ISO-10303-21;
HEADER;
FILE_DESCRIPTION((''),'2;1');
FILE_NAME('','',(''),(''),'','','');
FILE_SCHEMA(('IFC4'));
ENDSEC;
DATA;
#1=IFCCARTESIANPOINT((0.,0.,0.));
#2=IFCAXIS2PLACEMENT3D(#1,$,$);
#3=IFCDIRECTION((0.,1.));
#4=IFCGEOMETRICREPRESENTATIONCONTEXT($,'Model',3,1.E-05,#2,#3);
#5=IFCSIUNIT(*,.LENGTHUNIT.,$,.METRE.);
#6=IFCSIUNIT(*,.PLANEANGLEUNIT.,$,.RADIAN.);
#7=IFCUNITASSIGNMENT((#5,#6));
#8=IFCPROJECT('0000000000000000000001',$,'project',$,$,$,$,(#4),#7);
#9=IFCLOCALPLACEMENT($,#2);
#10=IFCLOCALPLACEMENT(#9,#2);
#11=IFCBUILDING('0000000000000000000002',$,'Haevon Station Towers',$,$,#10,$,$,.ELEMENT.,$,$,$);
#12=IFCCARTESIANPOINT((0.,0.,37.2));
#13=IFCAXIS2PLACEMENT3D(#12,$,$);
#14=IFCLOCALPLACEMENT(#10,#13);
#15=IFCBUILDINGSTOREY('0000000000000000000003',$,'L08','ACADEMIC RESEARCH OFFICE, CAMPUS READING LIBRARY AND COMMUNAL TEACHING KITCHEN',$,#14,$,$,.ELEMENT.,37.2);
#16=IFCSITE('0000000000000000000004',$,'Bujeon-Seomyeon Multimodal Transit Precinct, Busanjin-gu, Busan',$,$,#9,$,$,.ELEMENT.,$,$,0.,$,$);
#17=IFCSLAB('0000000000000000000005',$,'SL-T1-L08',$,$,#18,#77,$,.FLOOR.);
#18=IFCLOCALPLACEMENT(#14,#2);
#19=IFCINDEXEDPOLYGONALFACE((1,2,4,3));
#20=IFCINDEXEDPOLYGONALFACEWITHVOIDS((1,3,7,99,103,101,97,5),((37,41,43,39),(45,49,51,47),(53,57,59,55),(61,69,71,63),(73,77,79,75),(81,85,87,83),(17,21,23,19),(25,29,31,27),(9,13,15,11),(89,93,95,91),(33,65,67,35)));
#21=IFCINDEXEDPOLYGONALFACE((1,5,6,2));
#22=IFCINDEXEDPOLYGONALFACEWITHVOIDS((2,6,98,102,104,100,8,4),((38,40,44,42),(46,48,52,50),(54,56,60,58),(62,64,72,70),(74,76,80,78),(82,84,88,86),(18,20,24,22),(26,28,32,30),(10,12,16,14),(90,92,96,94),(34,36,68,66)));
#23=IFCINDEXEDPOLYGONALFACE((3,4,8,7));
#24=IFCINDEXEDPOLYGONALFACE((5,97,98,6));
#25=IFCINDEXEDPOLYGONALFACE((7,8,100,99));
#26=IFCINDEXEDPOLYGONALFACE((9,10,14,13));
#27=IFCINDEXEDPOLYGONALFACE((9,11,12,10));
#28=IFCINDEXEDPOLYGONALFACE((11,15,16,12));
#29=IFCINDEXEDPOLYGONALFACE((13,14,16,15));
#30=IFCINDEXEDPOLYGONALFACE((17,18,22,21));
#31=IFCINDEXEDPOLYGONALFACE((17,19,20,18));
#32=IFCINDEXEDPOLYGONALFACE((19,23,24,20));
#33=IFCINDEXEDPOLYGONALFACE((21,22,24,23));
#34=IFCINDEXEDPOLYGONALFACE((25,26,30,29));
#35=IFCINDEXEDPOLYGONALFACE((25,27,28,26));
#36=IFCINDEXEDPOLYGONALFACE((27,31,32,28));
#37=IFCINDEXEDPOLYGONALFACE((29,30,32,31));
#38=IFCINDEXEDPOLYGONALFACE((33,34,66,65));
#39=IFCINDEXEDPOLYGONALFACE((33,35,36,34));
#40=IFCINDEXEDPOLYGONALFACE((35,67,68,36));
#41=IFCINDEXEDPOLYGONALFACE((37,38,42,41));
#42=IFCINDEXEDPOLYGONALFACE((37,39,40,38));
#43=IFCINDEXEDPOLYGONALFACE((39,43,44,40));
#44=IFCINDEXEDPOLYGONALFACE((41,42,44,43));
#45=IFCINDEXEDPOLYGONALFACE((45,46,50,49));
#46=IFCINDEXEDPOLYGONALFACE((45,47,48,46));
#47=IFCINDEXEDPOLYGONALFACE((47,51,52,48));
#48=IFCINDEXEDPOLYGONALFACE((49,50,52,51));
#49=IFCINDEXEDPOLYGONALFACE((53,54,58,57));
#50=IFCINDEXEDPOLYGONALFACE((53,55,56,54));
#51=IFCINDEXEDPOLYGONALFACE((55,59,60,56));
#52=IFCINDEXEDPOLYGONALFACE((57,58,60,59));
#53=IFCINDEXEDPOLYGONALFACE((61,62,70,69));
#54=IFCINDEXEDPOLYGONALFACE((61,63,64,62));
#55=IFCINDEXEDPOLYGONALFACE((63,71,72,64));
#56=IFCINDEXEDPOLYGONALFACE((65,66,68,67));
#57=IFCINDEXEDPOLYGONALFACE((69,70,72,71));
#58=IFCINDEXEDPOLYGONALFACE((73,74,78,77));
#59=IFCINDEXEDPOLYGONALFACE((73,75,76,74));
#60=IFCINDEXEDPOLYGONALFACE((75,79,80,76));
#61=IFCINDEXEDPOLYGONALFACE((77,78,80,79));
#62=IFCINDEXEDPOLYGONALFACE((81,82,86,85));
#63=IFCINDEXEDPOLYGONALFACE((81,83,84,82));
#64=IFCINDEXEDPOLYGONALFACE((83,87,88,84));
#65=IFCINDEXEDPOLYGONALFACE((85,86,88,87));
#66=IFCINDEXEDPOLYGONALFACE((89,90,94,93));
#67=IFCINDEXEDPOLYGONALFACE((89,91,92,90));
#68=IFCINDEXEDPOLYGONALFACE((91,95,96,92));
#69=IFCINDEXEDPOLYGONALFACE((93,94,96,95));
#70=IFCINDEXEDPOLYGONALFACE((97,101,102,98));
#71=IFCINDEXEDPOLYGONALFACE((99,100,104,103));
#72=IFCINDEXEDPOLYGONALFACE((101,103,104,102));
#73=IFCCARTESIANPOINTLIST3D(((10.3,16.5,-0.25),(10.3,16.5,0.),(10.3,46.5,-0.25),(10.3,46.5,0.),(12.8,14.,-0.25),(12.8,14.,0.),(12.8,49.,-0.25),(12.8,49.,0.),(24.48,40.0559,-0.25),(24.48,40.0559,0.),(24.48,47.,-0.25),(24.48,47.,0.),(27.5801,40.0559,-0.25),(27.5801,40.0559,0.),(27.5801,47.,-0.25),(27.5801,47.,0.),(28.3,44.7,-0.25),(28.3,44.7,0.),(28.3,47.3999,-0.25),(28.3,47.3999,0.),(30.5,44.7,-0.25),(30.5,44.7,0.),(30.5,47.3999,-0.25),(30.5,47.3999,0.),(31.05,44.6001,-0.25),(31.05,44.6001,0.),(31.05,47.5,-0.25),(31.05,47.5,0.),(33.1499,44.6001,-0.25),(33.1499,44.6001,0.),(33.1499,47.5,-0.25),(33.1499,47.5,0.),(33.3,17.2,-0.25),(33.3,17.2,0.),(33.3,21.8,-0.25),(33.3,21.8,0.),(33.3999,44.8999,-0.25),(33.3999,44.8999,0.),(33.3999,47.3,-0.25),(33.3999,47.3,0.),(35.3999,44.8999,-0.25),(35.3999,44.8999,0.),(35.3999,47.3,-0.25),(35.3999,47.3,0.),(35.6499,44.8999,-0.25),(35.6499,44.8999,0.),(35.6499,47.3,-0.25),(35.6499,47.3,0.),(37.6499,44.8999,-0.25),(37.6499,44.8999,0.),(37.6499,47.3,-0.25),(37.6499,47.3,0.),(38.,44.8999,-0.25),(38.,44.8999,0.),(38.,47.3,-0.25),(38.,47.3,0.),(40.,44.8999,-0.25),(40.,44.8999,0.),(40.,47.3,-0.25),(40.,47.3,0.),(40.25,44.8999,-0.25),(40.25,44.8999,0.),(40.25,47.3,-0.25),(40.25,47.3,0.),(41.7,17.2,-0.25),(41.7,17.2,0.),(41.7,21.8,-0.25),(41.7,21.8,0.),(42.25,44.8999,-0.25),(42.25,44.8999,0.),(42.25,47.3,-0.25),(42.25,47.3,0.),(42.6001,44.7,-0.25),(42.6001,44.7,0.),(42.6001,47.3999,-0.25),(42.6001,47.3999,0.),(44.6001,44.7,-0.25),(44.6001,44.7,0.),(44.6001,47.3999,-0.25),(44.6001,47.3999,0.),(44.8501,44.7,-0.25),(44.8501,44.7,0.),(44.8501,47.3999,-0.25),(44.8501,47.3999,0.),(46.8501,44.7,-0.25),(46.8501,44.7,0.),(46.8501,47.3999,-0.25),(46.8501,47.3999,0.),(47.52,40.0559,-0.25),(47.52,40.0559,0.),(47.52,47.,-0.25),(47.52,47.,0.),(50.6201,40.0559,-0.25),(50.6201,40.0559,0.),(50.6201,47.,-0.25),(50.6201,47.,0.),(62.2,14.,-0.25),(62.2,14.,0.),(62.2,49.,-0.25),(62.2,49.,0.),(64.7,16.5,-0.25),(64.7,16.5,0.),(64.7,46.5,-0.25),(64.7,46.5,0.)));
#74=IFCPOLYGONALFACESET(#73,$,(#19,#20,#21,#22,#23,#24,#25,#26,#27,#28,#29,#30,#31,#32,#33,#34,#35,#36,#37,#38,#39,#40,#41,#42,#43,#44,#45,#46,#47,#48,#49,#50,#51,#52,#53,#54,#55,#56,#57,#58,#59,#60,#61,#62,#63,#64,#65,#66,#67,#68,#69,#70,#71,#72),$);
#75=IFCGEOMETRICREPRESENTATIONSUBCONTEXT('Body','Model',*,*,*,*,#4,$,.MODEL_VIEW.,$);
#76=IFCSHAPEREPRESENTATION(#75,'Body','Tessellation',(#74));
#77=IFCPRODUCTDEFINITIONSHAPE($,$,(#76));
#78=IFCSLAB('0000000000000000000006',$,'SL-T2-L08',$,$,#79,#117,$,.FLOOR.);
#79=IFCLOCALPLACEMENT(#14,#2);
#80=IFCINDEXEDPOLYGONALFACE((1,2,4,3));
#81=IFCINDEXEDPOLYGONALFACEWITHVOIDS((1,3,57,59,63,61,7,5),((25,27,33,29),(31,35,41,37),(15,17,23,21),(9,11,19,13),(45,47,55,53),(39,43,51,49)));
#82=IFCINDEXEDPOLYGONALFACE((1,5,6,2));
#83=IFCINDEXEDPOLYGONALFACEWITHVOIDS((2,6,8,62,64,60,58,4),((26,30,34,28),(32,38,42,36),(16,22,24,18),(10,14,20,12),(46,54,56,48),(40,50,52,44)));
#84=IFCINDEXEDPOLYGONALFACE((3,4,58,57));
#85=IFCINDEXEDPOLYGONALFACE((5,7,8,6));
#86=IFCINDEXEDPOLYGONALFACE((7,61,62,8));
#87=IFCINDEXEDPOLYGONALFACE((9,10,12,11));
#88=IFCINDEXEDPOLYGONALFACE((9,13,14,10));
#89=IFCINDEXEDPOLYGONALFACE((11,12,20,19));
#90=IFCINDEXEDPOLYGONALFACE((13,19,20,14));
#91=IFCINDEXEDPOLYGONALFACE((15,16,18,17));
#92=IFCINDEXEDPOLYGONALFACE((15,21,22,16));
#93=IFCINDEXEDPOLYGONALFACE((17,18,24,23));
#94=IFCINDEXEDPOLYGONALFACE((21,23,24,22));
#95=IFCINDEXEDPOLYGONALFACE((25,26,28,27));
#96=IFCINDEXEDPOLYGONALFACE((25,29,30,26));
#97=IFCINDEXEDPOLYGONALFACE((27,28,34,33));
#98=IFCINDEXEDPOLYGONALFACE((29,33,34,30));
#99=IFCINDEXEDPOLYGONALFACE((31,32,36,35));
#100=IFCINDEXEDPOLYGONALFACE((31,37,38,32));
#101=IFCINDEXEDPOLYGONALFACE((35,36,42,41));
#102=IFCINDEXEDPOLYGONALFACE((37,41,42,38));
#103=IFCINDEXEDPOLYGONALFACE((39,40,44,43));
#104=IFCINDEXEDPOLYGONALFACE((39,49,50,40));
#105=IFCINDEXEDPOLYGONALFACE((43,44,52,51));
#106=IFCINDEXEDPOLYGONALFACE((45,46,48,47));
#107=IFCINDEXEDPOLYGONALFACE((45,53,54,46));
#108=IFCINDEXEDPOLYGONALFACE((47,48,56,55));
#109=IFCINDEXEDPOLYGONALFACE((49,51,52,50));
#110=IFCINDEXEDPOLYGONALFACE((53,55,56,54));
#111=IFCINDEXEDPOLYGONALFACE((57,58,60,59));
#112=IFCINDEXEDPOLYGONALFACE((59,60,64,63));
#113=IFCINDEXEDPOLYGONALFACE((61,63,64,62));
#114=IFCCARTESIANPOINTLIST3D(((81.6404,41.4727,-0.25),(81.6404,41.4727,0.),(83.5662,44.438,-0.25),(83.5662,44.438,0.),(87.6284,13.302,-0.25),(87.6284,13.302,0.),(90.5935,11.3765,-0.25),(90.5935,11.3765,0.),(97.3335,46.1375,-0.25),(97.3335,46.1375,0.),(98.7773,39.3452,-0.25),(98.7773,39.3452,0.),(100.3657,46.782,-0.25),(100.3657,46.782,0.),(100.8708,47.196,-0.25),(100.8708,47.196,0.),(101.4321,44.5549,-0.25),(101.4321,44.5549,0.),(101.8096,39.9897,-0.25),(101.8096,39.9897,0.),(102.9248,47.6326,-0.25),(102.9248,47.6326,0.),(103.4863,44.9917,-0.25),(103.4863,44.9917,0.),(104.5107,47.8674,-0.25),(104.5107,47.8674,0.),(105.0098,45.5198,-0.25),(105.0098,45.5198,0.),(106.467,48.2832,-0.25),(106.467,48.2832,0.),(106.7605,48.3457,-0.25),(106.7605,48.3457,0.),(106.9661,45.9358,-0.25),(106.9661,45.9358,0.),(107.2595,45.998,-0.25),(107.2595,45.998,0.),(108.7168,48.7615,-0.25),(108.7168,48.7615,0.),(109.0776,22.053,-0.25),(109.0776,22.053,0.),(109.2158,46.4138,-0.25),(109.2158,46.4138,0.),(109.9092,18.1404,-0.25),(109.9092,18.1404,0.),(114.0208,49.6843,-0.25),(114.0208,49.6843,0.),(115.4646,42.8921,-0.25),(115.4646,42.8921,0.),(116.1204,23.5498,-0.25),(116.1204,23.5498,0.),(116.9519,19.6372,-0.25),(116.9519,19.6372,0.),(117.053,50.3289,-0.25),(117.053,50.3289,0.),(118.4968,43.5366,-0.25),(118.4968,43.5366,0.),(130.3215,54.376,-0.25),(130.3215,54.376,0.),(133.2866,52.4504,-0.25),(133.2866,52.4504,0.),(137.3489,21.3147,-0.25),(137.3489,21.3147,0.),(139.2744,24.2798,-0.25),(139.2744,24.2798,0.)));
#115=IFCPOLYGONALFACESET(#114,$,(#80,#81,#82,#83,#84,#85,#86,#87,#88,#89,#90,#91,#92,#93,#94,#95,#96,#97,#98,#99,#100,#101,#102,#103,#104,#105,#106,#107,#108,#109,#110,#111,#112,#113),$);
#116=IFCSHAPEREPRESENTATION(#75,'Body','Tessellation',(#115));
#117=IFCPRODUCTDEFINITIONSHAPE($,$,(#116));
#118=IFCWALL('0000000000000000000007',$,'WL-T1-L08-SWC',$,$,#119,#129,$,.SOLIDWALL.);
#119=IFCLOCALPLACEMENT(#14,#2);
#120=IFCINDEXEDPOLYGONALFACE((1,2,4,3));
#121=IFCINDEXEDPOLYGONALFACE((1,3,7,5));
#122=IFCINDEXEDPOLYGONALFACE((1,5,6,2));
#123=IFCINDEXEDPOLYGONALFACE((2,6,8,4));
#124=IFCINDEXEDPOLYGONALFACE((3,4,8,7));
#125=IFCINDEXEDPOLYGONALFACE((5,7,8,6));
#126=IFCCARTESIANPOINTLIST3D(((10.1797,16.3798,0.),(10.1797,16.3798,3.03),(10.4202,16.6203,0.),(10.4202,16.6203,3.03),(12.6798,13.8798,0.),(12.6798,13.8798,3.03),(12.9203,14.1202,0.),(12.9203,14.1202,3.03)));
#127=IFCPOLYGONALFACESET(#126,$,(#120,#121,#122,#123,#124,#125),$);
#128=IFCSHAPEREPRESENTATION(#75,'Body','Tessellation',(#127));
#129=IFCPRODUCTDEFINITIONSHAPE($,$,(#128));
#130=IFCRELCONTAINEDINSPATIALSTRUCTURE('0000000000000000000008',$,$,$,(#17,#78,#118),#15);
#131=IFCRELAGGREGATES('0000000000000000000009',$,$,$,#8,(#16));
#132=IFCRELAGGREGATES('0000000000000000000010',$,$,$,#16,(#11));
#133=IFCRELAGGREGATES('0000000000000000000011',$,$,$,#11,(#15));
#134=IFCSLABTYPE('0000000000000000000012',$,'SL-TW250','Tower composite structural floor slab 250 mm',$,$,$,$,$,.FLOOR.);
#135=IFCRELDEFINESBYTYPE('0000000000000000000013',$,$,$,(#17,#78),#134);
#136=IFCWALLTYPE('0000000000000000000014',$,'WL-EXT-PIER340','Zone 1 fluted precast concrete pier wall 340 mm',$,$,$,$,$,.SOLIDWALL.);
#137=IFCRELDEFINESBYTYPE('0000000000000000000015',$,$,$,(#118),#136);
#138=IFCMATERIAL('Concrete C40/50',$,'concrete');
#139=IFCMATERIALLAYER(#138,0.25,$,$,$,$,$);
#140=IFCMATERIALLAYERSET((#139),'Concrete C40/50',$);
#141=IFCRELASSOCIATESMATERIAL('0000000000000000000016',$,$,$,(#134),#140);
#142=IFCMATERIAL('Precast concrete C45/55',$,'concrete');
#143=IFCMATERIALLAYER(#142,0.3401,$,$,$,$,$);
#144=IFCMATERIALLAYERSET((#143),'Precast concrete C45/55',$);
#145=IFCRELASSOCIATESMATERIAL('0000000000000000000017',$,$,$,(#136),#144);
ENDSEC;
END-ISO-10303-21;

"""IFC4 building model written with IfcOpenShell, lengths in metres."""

from ifc_helpers import new_model, si_unit, direction, frame, frame_2d, origin, place, context, subcontext, project, spatial, polyline, rectangle, outline, extrude, material, layer, layer_set, type_object, element, save


model = new_model("IFC4")

# Units and contexts
model_context = context("Model", 3, precision=1e-05, world=origin(), true_north=direction((0.0, 1.0)))
body_context = subcontext(model_context, "Body", "Model", "MODEL_VIEW")
ifc_project = project(units=[si_unit("LENGTHUNIT", "METRE"), si_unit("PLANEANGLEUNIT", "RADIAN")], contexts=[model_context])

# Site, building, storey
site_placement = place(None, origin())
site = spatial("IfcSite", under=ifc_project, at=site_placement, Name="Bujeon-Seomyeon Multimodal Transit Precinct, Busanjin-gu, Busan", CompositionType="ELEMENT", RefElevation=0.0)
building_placement = place(site_placement, origin())
building = spatial("IfcBuilding", under=site, at=building_placement, Name="Haevon Station Towers", CompositionType="ELEMENT")
storey_placement = place(building_placement, frame((0.0, 0.0, 37.2)))
storey = spatial("IfcBuildingStorey", under=building, at=storey_placement, Name="L08", Description="ACADEMIC RESEARCH OFFICE, CAMPUS READING LIBRARY AND COMMUNAL TEACHING KITCHEN", CompositionType="ELEMENT", Elevation=37.2)

# Shared definitions
ifc_material_1 = material(Name="Concrete C40/50", Category="concrete")

# Slabs
ifc_layer_1 = layer(ifc_material_1, 0.25)
ifc_layer_set_1 = layer_set([ifc_layer_1], Name="Concrete C40/50")
slab_type_1 = type_object("IfcSlabType", Name="SL-TW250", Description="Tower composite structural floor slab 250 mm", PredefinedType="FLOOR", material=ifc_layer_set_1)
slab_1_placement = place(storey_placement, frame((0.0, 0.0, -0.25)))
element("IfcSlab", 1, at=slab_1_placement, inside=storey, type_object=slab_type_1, Name="SL-T1-L08", PredefinedType="FLOOR", context=body_context, shape_type="SweptSolid", body=[
    extrude(outline(polyline([(12.8, 14.0), (62.2, 14.0), (64.7, 16.5), (64.7, 46.5), (62.2, 49.0), (12.8, 49.0), (10.3, 46.5), (10.3, 16.5), (12.8, 14.0)]), holes=[polyline([(27.5801, 40.0559), (27.5801, 47.0), (24.48, 47.0), (24.48, 40.0559), (27.5801, 40.0559)]), polyline([(50.6201, 40.0559), (50.6201, 47.0), (47.52, 47.0), (47.52, 40.0559), (50.6201, 40.0559)]), polyline([(28.3, 44.7), (30.5, 44.7), (30.5, 47.3999), (28.3, 47.3999), (28.3, 44.7)]), polyline([(31.05, 44.6001), (33.1499, 44.6001), (33.1499, 47.5), (31.05, 47.5), (31.05, 44.6001)]), polyline([(33.3999, 44.8999), (35.3999, 44.8999), (35.3999, 47.3), (33.3999, 47.3), (33.3999, 44.8999)]), polyline([(35.6499, 44.8999), (37.6499, 44.8999), (37.6499, 47.3), (35.6499, 47.3), (35.6499, 44.8999)]), polyline([(38.0, 44.8999), (40.0, 44.8999), (40.0, 47.3), (38.0, 47.3), (38.0, 44.8999)]), polyline([(40.25, 44.8999), (42.25, 44.8999), (42.25, 47.3), (40.25, 47.3), (40.25, 44.8999)]), polyline([(42.6001, 44.7), (44.6001, 44.7), (44.6001, 47.3999), (42.6001, 47.3999), (42.6001, 44.7)]), polyline([(44.8501, 44.7), (46.8501, 44.7), (46.8501, 47.3999), (44.8501, 47.3999), (44.8501, 44.7)]), polyline([(33.3, 17.2), (41.7, 17.2), (41.7, 21.8), (33.3, 21.8), (33.3, 17.2)])]), origin(), (0.0, 0.0, 1.0), 0.25),
])
slab_2_placement = place(storey_placement, frame((0.0, 0.0, -0.25)))
element("IfcSlab", 2, at=slab_2_placement, inside=storey, type_object=slab_type_1, Name="SL-T2-L08", PredefinedType="FLOOR", context=body_context, shape_type="SweptSolid", body=[
    extrude(outline(polyline([(90.5935, 11.3765), (137.3489, 21.3147), (139.2744, 24.2798), (133.2866, 52.4504), (130.3215, 54.376), (83.5662, 44.438), (81.6404, 41.4727), (87.6284, 13.302), (90.5935, 11.3765)]), holes=[polyline([(101.8096, 39.9897), (100.3657, 46.782), (97.3335, 46.1375), (98.7773, 39.3452), (101.8096, 39.9897)]), polyline([(118.4968, 43.5366), (117.053, 50.3289), (114.0208, 49.6843), (115.4646, 42.8921), (118.4968, 43.5366)]), polyline([(101.4321, 44.5549), (103.4863, 44.9917), (102.9248, 47.6326), (100.8708, 47.196), (101.4321, 44.5549)]), polyline([(105.0098, 45.5198), (106.9661, 45.9358), (106.467, 48.2832), (104.5107, 47.8674), (105.0098, 45.5198)]), polyline([(107.2595, 45.998), (109.2158, 46.4138), (108.7168, 48.7615), (106.7605, 48.3457), (107.2595, 45.998)]), polyline([(109.9092, 18.1404), (116.9519, 19.6372), (116.1204, 23.5498), (109.0776, 22.053), (109.9092, 18.1404)])]), origin(), (0.0, 0.0, 1.0), 0.25),
])

# Wall
ifc_material_2 = material(Name="Precast concrete C45/55", Category="concrete")
ifc_layer_2 = layer(ifc_material_2, 0.3401)
ifc_layer_set_2 = layer_set([ifc_layer_2], Name="Precast concrete C45/55")
wall_type_1 = type_object("IfcWallType", Name="WL-EXT-PIER340", Description="Zone 1 fluted precast concrete pier wall 340 mm", PredefinedType="SOLIDWALL", material=ifc_layer_set_2)
wall_1_placement = place(storey_placement, frame((12.8, 14.0, 0.0), z_axis=(0.0, 0.0, 1.0), x_axis=(-0.707107, 0.707107, 0.0)))
element("IfcWall", 3, at=wall_1_placement, inside=storey, type_object=wall_type_1, Name="WL-T1-L08-SWC", PredefinedType="SOLIDWALL", context=body_context, shape_type="SweptSolid", body=[
    extrude(rectangle(XDim=3.5356, YDim=0.3401, at=frame_2d((1.7678, 0.0))), origin(), (0.0, 0.0, 1.0), 3.03),
])

save(model, "model.ifc")
